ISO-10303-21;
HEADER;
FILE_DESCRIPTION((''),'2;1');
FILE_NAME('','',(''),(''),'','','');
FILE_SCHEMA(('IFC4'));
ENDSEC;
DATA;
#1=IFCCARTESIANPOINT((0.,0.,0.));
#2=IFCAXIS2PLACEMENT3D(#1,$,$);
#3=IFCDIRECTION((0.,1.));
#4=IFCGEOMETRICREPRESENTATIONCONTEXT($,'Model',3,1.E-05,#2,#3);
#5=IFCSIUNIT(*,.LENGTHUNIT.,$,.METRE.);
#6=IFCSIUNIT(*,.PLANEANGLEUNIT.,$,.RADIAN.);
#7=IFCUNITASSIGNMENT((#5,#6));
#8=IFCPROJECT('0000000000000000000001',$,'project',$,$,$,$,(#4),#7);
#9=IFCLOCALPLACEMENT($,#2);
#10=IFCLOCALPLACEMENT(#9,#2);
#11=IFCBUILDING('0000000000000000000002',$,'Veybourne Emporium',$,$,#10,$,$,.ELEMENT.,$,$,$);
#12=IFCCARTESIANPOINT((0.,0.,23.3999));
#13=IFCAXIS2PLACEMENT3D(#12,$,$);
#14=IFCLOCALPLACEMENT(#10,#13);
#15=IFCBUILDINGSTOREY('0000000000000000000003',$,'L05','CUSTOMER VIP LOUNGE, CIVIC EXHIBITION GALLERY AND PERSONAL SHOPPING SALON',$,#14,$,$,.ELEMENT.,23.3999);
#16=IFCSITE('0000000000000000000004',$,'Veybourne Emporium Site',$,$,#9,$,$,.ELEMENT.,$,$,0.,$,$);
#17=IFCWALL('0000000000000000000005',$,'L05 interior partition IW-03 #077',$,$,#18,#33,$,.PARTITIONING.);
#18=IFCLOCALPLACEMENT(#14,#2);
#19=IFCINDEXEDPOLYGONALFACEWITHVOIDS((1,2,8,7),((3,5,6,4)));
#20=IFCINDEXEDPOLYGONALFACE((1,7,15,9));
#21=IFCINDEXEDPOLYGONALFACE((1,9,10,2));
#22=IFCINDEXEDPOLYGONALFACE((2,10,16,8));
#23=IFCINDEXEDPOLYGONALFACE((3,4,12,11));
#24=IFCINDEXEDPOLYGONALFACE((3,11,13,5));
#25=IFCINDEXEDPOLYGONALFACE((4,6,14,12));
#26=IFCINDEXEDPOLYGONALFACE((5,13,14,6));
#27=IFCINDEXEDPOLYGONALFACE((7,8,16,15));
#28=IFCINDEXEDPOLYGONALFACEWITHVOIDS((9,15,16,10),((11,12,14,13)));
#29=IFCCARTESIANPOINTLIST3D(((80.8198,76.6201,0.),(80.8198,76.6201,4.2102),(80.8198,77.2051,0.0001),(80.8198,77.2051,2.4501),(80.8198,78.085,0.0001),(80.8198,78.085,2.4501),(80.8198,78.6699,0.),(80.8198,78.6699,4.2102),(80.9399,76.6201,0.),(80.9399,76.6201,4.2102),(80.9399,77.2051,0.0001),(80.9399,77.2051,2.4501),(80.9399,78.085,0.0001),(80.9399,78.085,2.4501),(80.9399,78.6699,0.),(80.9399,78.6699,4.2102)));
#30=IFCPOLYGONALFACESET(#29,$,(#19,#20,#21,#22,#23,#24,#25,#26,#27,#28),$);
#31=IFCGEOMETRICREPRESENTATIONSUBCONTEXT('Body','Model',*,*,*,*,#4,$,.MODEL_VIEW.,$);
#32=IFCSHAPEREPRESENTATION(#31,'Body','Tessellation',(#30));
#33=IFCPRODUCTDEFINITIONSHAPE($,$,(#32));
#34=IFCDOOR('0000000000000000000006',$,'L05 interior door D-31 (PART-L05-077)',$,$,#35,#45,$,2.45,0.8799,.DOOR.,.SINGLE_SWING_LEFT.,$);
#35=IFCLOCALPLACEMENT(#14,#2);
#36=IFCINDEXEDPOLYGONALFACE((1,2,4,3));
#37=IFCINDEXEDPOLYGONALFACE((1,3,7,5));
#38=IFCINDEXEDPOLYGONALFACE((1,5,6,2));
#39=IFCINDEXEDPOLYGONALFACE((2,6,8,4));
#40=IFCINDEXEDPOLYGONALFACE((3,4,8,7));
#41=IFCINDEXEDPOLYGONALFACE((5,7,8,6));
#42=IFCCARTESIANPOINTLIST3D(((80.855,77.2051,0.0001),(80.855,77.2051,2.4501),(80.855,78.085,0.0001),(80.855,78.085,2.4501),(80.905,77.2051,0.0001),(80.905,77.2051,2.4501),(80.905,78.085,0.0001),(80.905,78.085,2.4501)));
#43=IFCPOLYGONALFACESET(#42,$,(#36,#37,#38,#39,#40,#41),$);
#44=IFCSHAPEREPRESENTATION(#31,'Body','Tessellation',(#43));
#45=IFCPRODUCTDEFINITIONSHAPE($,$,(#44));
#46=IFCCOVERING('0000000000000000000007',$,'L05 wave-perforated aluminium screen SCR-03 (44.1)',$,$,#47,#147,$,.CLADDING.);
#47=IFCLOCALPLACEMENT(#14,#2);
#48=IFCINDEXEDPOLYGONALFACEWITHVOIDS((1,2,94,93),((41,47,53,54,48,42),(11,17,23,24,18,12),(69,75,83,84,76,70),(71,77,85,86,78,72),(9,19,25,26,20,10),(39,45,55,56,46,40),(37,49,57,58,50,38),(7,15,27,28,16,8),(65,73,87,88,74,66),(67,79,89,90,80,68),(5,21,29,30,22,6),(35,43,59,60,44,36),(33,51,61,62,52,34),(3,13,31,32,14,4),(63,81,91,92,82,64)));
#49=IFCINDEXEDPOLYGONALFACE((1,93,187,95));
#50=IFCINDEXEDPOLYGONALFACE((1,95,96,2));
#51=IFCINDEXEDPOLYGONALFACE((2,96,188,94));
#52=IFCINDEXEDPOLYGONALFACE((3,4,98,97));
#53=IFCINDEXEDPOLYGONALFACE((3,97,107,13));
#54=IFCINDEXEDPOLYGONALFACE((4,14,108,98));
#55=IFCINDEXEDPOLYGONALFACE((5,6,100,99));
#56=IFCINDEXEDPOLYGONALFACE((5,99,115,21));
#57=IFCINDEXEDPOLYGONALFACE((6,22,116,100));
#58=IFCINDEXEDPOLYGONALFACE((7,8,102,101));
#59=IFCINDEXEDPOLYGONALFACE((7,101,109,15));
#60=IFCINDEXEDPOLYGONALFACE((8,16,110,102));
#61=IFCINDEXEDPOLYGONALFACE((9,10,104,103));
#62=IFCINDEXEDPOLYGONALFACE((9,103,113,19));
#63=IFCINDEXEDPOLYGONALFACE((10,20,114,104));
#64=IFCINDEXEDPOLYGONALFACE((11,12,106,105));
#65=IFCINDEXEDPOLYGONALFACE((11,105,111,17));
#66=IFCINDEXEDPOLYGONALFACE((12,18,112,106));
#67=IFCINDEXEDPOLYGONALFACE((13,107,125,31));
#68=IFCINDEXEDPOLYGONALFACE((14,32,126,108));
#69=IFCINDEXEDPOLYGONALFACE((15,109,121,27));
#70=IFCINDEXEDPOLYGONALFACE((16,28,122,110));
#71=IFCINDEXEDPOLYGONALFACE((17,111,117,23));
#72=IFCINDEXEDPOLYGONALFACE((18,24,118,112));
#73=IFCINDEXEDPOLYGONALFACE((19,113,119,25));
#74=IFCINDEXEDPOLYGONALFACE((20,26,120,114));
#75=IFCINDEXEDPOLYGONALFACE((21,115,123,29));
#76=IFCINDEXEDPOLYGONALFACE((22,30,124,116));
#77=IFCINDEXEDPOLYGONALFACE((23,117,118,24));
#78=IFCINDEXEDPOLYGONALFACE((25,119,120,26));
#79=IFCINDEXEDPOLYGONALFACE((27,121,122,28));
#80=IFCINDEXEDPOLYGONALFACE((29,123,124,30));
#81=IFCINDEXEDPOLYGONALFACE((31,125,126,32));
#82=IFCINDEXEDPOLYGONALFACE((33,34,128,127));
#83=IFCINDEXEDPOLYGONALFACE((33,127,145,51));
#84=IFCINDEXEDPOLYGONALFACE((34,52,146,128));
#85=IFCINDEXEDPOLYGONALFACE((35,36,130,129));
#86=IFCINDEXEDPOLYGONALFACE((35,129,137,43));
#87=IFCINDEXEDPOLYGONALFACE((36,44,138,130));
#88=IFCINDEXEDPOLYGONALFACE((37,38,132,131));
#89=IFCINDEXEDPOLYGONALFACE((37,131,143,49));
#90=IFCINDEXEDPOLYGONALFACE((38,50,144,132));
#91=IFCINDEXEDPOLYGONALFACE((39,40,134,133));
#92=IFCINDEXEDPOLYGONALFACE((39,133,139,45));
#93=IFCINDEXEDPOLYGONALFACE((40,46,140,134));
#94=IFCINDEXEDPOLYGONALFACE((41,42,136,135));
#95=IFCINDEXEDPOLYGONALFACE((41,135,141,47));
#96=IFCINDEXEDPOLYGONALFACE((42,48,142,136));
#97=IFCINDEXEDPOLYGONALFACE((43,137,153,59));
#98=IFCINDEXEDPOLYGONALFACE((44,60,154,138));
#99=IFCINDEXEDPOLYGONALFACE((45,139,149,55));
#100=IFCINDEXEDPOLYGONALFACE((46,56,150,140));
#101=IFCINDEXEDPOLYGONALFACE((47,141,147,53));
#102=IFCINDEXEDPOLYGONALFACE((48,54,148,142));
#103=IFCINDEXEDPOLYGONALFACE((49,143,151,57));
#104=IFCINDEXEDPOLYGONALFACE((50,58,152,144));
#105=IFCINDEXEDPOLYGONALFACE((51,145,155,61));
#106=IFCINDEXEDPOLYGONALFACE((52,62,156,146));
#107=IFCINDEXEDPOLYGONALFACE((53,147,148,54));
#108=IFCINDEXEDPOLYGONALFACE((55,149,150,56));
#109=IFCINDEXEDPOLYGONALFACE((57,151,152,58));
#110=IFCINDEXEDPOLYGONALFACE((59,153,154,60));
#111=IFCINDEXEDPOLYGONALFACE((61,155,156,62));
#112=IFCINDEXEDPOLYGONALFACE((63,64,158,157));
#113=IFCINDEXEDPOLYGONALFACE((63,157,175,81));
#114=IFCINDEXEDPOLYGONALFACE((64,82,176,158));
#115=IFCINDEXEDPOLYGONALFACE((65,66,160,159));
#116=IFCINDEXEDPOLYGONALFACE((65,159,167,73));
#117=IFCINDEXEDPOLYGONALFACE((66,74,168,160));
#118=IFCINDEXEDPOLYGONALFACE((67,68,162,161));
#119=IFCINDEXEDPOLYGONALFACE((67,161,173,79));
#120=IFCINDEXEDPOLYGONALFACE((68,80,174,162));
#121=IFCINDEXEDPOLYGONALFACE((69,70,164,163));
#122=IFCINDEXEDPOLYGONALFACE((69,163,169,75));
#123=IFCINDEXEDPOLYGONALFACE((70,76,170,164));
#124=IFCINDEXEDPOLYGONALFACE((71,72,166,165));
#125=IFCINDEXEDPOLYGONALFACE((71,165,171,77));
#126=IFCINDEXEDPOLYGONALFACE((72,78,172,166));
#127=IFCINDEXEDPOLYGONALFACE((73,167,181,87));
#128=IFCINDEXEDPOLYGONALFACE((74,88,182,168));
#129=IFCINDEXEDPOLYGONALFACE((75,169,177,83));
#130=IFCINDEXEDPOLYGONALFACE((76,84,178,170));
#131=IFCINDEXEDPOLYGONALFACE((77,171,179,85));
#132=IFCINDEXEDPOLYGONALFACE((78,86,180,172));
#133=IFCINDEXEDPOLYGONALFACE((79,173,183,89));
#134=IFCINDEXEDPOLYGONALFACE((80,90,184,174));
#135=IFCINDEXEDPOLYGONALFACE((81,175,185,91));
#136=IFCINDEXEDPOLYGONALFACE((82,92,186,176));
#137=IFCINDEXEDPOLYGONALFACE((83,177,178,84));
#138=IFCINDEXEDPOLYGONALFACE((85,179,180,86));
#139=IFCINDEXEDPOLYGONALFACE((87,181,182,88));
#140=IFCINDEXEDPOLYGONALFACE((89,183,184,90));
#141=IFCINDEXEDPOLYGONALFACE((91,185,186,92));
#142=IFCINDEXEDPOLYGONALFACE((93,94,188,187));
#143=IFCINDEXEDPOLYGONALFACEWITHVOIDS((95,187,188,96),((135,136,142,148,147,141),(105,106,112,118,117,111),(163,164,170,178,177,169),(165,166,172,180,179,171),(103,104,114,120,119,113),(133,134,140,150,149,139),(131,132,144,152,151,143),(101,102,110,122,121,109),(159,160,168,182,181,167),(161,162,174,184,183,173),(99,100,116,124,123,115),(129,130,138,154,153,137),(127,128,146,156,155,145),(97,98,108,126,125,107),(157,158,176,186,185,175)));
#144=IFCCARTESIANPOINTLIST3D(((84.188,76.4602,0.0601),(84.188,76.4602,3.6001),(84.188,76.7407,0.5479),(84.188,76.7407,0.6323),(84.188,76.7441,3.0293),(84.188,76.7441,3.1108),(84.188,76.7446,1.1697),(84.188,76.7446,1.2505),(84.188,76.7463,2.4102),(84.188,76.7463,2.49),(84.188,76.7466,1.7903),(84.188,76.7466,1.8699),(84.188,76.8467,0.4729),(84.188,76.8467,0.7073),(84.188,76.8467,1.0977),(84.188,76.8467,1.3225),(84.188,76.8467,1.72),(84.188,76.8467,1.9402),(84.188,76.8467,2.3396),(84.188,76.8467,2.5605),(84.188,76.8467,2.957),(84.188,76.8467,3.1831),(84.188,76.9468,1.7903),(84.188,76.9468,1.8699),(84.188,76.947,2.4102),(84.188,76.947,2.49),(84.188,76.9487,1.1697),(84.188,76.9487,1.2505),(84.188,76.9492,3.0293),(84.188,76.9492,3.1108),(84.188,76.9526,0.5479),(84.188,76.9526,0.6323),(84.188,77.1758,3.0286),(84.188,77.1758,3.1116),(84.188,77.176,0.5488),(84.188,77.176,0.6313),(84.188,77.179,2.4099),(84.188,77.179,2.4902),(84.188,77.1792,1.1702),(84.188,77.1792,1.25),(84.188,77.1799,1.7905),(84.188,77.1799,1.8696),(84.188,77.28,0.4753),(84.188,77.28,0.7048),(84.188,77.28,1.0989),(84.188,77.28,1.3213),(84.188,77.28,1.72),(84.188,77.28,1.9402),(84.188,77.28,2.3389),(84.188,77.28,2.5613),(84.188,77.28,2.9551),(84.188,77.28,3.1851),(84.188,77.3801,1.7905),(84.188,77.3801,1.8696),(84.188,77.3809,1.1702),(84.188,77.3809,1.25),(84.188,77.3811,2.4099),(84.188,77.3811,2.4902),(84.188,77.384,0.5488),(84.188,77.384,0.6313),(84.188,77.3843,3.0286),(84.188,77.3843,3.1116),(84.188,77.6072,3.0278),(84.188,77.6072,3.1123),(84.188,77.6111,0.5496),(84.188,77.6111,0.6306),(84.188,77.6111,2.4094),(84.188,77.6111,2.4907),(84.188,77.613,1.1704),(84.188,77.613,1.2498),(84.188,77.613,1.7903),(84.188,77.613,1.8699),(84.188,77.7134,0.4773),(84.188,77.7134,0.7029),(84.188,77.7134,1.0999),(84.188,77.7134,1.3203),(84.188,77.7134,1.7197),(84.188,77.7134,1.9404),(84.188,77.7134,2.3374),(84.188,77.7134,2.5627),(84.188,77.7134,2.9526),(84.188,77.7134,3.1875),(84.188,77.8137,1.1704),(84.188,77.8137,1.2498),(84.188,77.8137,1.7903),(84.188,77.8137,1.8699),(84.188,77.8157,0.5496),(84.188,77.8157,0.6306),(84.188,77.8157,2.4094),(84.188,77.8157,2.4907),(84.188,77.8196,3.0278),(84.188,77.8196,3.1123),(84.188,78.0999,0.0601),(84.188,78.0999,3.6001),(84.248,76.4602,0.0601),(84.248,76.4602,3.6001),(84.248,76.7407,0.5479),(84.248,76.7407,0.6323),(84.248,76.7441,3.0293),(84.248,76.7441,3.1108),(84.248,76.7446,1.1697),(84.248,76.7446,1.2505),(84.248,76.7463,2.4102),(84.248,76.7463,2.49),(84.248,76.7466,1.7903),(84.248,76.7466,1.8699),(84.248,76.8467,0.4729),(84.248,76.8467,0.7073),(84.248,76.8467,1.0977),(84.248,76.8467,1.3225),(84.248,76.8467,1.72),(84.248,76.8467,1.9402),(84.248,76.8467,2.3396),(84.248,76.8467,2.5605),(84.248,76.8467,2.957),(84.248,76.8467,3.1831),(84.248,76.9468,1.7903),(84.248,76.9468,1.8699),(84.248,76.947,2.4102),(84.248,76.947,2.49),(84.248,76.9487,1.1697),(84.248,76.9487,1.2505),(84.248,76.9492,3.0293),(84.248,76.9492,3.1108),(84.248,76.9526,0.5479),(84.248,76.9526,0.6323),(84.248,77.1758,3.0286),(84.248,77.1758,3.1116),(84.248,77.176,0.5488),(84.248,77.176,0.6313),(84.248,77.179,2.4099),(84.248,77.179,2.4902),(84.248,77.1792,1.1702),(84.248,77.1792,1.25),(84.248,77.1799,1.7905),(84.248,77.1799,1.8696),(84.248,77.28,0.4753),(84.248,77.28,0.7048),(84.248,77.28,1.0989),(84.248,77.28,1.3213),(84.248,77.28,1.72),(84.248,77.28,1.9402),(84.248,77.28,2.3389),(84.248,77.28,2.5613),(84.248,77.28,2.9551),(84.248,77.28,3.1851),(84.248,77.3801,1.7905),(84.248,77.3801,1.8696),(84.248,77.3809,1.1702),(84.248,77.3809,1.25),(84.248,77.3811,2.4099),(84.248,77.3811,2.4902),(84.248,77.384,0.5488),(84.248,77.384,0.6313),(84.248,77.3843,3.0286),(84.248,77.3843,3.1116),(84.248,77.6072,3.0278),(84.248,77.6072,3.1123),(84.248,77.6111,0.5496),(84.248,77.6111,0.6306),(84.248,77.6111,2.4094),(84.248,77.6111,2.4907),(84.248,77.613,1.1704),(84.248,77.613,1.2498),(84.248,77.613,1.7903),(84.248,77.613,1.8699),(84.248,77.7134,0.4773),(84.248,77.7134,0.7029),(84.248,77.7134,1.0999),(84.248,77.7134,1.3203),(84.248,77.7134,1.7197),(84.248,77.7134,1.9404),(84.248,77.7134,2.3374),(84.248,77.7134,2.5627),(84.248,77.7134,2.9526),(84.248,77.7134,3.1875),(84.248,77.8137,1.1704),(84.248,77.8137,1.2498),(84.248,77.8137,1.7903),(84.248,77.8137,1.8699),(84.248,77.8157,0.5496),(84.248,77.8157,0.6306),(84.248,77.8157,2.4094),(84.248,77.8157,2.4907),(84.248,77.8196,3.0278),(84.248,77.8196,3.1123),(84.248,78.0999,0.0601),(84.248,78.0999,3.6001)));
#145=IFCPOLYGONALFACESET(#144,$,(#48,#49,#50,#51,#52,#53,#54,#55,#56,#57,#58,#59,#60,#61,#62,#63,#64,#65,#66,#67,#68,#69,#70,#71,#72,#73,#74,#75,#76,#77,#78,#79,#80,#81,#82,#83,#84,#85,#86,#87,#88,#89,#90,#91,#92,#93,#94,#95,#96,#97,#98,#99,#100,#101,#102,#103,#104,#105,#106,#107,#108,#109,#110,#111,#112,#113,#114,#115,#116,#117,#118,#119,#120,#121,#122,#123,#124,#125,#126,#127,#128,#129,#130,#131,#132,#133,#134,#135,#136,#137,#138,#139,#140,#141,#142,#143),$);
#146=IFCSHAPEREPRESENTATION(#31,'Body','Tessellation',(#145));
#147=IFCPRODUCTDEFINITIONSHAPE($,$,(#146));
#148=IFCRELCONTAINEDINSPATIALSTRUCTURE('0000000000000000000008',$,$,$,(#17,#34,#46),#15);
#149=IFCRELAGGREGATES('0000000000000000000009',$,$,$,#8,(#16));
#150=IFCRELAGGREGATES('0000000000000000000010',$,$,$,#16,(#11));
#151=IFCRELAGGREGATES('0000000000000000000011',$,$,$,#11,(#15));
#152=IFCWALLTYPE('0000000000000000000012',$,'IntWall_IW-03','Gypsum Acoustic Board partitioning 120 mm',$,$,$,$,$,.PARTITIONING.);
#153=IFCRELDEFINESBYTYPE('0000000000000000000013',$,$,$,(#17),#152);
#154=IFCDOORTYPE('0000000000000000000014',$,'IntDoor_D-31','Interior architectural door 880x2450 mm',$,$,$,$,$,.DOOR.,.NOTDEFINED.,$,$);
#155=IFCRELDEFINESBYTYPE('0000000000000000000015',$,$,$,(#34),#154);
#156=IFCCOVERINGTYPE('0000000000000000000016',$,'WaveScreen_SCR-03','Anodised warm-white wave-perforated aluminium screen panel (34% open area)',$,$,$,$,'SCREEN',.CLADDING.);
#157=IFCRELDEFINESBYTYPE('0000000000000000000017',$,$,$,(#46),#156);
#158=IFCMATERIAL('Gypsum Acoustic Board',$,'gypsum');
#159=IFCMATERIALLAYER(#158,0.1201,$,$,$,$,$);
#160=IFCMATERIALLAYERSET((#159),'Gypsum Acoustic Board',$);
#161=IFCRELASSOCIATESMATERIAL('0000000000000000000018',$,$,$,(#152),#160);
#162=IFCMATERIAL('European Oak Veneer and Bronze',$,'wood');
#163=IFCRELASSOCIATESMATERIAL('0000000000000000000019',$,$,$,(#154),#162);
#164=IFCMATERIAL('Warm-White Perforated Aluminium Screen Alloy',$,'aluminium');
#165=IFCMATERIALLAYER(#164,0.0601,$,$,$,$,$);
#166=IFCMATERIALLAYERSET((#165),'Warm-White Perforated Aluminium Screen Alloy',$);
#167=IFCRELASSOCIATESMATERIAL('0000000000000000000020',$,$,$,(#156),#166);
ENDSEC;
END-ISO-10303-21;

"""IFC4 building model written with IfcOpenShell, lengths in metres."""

from ifc_helpers import new_model, si_unit, direction, frame, frame_2d, origin, place, context, subcontext, project, spatial, polyline, rectangle, outline, extrude, material, layer, layer_set, type_object, element, fill, save


model = new_model("IFC4")

# Units and contexts
model_context = context("Model", 3, precision=1e-05, world=origin(), true_north=direction((0.0, 1.0)))
body_context = subcontext(model_context, "Body", "Model", "MODEL_VIEW")
ifc_project = project(units=[si_unit("LENGTHUNIT", "METRE"), si_unit("PLANEANGLEUNIT", "RADIAN")], contexts=[model_context])

# Site, building, storey
site_placement = place(None, origin())
site = spatial("IfcSite", under=ifc_project, at=site_placement, Name="Veybourne Emporium Site", CompositionType="ELEMENT", RefElevation=0.0)
building_placement = place(site_placement, origin())
building = spatial("IfcBuilding", under=site, at=building_placement, Name="Veybourne Emporium", CompositionType="ELEMENT")
storey_placement = place(building_placement, frame((0.0, 0.0, 23.3999)))
storey = spatial("IfcBuildingStorey", under=building, at=storey_placement, Name="L05", Description="CUSTOMER VIP LOUNGE, CIVIC EXHIBITION GALLERY AND PERSONAL SHOPPING SALON", CompositionType="ELEMENT", Elevation=23.3999)

# Wall, opening, door
ifc_material_1 = material(Name="Gypsum Acoustic Board", Category="gypsum")
ifc_material_2 = material(Name="European Oak Veneer and Bronze", Category="wood")
ifc_layer_1 = layer(ifc_material_1, 0.1201)
ifc_layer_set_1 = layer_set([ifc_layer_1], Name="Gypsum Acoustic Board")
wall_type_1 = type_object("IfcWallType", Name="IntWall_IW-03", Description="Gypsum Acoustic Board partitioning 120 mm", PredefinedType="PARTITIONING", material=ifc_layer_set_1)
wall_1_placement = place(storey_placement, frame((80.8799, 76.6201, 0.0), z_axis=(0.0, 0.0, 1.0), x_axis=(0.0, 1.0, 0.0)))
wall_1 = element("IfcWall", 1, at=wall_1_placement, inside=storey, type_object=wall_type_1, Name="L05 interior partition IW-03 #077", PredefinedType="PARTITIONING", context=body_context, shape_type="SweptSolid", body=[
    extrude(rectangle(XDim=2.0498, YDim=0.1201, at=frame_2d((1.0249, 0.0))), origin(), (0.0, 0.0, 1.0), 4.2102),
])
opening_1_placement = place(wall_1_placement, frame((0.585, 0.0, 0.0)))
opening_1 = element("IfcOpeningElement", 2, at=opening_1_placement, cuts=wall_1, PredefinedType="OPENING", context=body_context, shape_type="SweptSolid", body=[
    extrude(rectangle(XDim=0.8799, YDim=2.45, at=frame_2d((0.4399, 1.2251))), frame((0.0, 0.0801, 0.0), z_axis=(0.0, -1.0, 0.0), x_axis=(1.0, 0.0, 0.0)), (0.0, 0.0, 1.0), 0.1602),
])
door_type_1 = type_object("IfcDoorType", Name="IntDoor_D-31", Description="Interior architectural door 880x2450 mm", OperationType="NOTDEFINED", PredefinedType="DOOR", material=ifc_material_2)
door_1_placement = place(opening_1_placement, origin())
door_1 = element("IfcDoor", 3, at=door_1_placement, inside=storey, type_object=door_type_1, Name="L05 interior door D-31 (PART-L05-077)", OperationType="SINGLE_SWING_LEFT", OverallHeight=2.45, OverallWidth=0.8799, PredefinedType="DOOR", context=body_context, shape_type="SweptSolid", body=[
    extrude(rectangle(XDim=0.8799, YDim=2.45, at=frame_2d((0.4399, 1.2251))), frame((0.0, 0.0249, 0.0), z_axis=(0.0, -1.0, 0.0), x_axis=(1.0, 0.0, 0.0)), (0.0, 0.0, 1.0), 0.05),
])
fill(opening_1, door_1)

# Covering
ifc_material_3 = material(Name="Warm-White Perforated Aluminium Screen Alloy", Category="aluminium")
ifc_layer_2 = layer(ifc_material_3, 0.0601)
ifc_layer_set_2 = layer_set([ifc_layer_2], Name="Warm-White Perforated Aluminium Screen Alloy")
covering_type_1 = type_object("IfcCoveringType", Name="WaveScreen_SCR-03", Description="Anodised warm-white wave-perforated aluminium screen panel (34% open area)", ElementType="SCREEN", PredefinedType="CLADDING", material=ifc_layer_set_2)
covering_1_placement = place(storey_placement, frame((84.248, 77.28, 1.8301), z_axis=(-1.0, 0.0, 0.0), x_axis=(0.0, -1.0, 0.0)))
element("IfcCovering", 4, at=covering_1_placement, inside=storey, type_object=covering_type_1, Name="L05 wave-perforated aluminium screen SCR-03 (44.1)", PredefinedType="CLADDING", context=body_context, shape_type="SweptSolid", body=[
    extrude(outline(polyline([(-0.8198, -1.77), (0.8198, -1.77), (0.8198, 1.77), (-0.8198, 1.77), (-0.8198, -1.77)]), holes=[polyline([(-0.4333, -1.1272), (-0.3311, -1.1995), (-0.3311, -1.2805), (-0.4333, -1.3528), (-0.5356, -1.2805), (-0.5356, -1.1995), (-0.4333, -1.1272)]), polyline([(-0.4333, -0.5098), (-0.333, -0.5803), (-0.333, -0.6597), (-0.4333, -0.7302), (-0.5337, -0.6597), (-0.5337, -0.5803), (-0.4333, -0.5098)]), polyline([(-0.4333, 0.1104), (-0.333, 0.0398), (-0.333, -0.0398), (-0.4333, -0.1104), (-0.5337, -0.0398), (-0.5337, 0.0398), (-0.4333, 0.1104)]), polyline([(-0.4333, 0.7327), (-0.3311, 0.6606), (-0.3311, 0.5793), (-0.4333, 0.5073), (-0.5356, 0.5793), (-0.5356, 0.6606), (-0.4333, 0.7327)]), polyline([(-0.4333, 1.3574), (-0.3271, 1.2822), (-0.3271, 1.1978), (-0.4333, 1.1226), (-0.5396, 1.1978), (-0.5396, 1.2822), (-0.4333, 1.3574)]), polyline([(0.0, -1.1252), (0.104, -1.1987), (0.104, -1.2812), (0.0, -1.3547), (-0.104, -1.2812), (-0.104, -1.1987), (0.0, -1.1252)]), polyline([(0.0, -0.5088), (0.1008, -0.5801), (0.1008, -0.6599), (0.0, -0.7312), (-0.1008, -0.6599), (-0.1008, -0.5801), (0.0, -0.5088)]), polyline([(0.0, 0.1101), (0.1001, 0.0396), (0.1001, -0.0396), (0.0, -0.1101), (-0.1001, -0.0396), (-0.1001, 0.0396), (0.0, 0.1101)]), polyline([(0.0, 0.7312), (0.1011, 0.6602), (0.1011, 0.5798), (0.0, 0.5088), (-0.1011, 0.5798), (-0.1011, 0.6602), (0.0, 0.7312)]), polyline([(0.0, 1.355), (0.1042, 1.2815), (0.1042, 1.1985), (0.0, 1.125), (-0.1042, 1.1985), (-0.1042, 1.2815), (0.0, 1.355)]), polyline([(0.4333, -1.1228), (0.5393, -1.1978), (0.5393, -1.2822), (0.4333, -1.3572), (0.3274, -1.2822), (0.3274, -1.1978), (0.4333, -1.1228)]), polyline([(0.4333, -0.5076), (0.5354, -0.5796), (0.5354, -0.6604), (0.4333, -0.7324), (0.3313, -0.6604), (0.3313, -0.5796), (0.4333, -0.5076)]), polyline([(0.4333, 0.1101), (0.5334, 0.0398), (0.5334, -0.0398), (0.4333, -0.1101), (0.3333, -0.0398), (0.3333, 0.0398), (0.4333, 0.1101)]), polyline([(0.4333, 0.7305), (0.5337, 0.6599), (0.5337, 0.5801), (0.4333, 0.5095), (0.333, 0.5801), (0.333, 0.6599), (0.4333, 0.7305)]), polyline([(0.4333, 1.353), (0.5359, 1.2808), (0.5359, 1.1992), (0.4333, 1.127), (0.3308, 1.1992), (0.3308, 1.2808), (0.4333, 1.353)])]), origin(), (0.0, 0.0, 1.0), 0.0601),
])

save(model, "model.ifc")
